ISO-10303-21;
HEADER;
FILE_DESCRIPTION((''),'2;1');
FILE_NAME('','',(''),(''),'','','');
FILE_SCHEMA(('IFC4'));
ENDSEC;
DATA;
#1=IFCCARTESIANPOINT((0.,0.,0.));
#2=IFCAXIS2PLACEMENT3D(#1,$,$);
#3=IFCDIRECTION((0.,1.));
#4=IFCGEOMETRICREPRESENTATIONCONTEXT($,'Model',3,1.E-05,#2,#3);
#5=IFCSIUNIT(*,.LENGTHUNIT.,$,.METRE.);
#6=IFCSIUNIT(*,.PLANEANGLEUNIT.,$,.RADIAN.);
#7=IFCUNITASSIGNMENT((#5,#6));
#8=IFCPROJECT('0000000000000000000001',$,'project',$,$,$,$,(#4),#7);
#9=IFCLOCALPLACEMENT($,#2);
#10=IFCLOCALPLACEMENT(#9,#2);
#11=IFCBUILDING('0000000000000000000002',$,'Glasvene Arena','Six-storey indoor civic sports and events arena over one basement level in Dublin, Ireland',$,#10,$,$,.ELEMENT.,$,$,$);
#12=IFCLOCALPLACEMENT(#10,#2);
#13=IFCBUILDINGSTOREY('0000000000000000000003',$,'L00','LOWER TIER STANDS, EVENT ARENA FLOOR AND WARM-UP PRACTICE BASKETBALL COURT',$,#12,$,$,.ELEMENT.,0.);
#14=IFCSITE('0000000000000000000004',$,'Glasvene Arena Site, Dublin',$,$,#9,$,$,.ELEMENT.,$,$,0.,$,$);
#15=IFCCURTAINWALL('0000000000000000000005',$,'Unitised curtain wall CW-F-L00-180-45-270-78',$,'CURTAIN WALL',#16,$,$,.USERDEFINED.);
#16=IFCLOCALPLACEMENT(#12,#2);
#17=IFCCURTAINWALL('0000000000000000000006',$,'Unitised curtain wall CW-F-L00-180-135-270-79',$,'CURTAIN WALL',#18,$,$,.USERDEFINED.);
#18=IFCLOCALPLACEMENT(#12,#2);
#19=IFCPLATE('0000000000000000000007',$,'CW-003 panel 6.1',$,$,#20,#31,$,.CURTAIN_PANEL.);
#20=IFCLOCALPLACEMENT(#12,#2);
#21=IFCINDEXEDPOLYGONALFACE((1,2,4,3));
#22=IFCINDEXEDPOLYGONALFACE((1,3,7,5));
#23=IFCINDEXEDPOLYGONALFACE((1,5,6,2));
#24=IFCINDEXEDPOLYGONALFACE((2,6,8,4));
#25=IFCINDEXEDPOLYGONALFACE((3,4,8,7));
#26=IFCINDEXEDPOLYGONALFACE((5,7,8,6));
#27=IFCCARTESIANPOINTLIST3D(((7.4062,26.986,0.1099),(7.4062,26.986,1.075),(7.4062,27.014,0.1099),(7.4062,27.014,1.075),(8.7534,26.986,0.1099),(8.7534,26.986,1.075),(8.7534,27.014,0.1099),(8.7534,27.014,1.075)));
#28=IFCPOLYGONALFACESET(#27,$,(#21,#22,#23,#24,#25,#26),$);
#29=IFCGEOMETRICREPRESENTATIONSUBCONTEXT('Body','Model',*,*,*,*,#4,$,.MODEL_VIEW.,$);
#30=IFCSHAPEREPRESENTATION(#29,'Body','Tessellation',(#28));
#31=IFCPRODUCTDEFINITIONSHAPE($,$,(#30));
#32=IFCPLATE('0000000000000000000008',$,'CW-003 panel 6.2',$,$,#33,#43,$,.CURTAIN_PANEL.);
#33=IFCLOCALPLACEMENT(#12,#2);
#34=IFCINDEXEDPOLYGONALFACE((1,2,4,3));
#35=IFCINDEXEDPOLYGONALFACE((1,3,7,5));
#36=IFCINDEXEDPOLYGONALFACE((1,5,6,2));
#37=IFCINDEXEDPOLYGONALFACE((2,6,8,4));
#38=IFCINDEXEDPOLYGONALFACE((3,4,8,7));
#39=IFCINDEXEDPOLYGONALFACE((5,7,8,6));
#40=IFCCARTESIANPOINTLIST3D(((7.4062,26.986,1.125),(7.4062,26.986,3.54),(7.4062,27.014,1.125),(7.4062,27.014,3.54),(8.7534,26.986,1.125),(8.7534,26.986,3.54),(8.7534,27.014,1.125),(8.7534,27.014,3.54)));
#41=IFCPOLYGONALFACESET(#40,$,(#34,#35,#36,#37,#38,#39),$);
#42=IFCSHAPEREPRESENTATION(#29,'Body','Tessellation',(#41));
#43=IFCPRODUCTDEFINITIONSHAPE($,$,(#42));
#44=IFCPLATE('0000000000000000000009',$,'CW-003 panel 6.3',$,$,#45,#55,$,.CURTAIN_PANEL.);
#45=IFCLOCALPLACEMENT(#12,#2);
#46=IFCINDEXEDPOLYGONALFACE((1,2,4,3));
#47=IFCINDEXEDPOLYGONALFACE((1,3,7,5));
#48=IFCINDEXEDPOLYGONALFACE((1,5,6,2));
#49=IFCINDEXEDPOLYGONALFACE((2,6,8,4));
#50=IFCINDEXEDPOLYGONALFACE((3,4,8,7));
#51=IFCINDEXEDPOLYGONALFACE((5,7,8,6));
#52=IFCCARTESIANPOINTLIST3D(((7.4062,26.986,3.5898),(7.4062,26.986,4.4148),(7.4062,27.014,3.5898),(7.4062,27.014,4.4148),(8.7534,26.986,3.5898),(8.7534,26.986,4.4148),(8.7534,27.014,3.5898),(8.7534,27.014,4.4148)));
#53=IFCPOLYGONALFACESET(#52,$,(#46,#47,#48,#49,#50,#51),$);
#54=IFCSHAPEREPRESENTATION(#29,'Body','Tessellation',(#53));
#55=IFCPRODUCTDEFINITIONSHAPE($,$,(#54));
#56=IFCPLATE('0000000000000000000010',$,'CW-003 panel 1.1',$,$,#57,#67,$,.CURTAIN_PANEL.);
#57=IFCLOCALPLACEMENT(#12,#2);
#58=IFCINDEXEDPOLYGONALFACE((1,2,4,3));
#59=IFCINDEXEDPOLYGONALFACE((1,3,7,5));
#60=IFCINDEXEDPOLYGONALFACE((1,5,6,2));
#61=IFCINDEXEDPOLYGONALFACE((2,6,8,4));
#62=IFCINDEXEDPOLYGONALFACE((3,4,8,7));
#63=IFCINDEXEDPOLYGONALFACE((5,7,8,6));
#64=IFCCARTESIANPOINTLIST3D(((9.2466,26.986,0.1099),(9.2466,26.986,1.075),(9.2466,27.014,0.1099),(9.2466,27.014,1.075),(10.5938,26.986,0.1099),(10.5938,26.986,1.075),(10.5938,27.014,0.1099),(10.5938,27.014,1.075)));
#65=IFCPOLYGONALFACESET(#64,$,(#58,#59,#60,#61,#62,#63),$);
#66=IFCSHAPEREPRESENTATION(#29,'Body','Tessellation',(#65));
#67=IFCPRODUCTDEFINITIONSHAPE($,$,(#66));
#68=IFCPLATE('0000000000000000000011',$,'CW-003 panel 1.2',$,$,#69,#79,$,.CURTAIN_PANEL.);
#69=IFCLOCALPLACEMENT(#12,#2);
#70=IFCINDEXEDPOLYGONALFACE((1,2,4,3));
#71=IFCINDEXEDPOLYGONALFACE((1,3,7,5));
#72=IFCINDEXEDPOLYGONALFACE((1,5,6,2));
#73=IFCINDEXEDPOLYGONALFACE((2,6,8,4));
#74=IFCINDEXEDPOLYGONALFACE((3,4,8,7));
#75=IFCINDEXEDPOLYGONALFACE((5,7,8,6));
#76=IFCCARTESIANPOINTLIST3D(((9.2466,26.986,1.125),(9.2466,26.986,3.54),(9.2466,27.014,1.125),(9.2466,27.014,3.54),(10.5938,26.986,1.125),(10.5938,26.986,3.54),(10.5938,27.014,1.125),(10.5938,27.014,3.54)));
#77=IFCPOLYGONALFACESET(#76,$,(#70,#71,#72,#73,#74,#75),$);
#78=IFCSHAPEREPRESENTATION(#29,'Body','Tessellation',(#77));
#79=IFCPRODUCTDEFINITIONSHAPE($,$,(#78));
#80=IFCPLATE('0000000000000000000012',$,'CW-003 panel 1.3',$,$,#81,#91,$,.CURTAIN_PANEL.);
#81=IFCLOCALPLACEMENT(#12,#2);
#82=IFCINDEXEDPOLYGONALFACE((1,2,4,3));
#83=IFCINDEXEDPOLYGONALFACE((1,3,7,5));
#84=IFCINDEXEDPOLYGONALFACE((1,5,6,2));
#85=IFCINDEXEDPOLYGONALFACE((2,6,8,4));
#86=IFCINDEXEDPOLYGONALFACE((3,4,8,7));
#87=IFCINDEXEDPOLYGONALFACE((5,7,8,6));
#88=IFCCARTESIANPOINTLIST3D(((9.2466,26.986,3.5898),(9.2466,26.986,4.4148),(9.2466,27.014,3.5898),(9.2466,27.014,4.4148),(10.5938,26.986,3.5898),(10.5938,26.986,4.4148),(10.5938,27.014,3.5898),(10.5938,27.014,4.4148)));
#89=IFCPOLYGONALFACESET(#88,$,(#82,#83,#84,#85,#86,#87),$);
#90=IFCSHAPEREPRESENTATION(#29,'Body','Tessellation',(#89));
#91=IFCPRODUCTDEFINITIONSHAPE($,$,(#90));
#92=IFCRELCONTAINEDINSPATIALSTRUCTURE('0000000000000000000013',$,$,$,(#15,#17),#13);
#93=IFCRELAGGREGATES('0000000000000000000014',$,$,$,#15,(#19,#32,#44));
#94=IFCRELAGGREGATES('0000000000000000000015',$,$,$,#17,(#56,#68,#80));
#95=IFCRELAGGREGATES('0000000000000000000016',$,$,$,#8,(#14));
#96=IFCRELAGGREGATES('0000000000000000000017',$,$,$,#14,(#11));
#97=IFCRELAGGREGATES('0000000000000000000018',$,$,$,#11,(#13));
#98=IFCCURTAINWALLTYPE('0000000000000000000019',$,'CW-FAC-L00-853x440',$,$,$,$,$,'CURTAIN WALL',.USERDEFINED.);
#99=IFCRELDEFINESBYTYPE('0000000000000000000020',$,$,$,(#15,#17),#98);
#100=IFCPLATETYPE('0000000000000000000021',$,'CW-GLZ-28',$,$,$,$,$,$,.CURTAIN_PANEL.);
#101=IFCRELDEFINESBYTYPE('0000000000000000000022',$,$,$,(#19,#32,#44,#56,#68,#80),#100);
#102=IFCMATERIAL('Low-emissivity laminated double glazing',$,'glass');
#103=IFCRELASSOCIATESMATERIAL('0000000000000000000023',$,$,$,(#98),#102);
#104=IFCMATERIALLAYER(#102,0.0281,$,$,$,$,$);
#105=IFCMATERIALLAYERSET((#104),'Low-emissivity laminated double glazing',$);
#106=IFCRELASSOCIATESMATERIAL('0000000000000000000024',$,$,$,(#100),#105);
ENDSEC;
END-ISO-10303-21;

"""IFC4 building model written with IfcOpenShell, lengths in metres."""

from ifc_helpers import new_model, si_unit, direction, frame, origin, origin_2d, place, context, subcontext, project, spatial, rectangle, extrude, material, layer, layer_set, type_object, element, aggregate, save


model = new_model("IFC4")

# Units and contexts
model_context = context("Model", 3, precision=1e-05, world=origin(), true_north=direction((0.0, 1.0)))
body_context = subcontext(model_context, "Body", "Model", "MODEL_VIEW")
ifc_project = project(units=[si_unit("LENGTHUNIT", "METRE"), si_unit("PLANEANGLEUNIT", "RADIAN")], contexts=[model_context])

# Site, building, storey
site_placement = place(None, origin())
site = spatial("IfcSite", under=ifc_project, at=site_placement, Name="Glasvene Arena Site, Dublin", CompositionType="ELEMENT", RefElevation=0.0)
building_placement = place(site_placement, origin())
building = spatial("IfcBuilding", under=site, at=building_placement, Name="Glasvene Arena", Description="Six-storey indoor civic sports and events arena over one basement level in Dublin, Ireland", CompositionType="ELEMENT")
storey_placement = place(building_placement, origin())
storey = spatial("IfcBuildingStorey", under=building, at=storey_placement, Name="L00", Description="LOWER TIER STANDS, EVENT ARENA FLOOR AND WARM-UP PRACTICE BASKETBALL COURT", CompositionType="ELEMENT", Elevation=0.0)

# Curtain wall
ifc_material_1 = material(Name="Low-emissivity laminated double glazing", Category="glass")
curtain_wall_type = type_object("IfcCurtainWallType", Name="CW-FAC-L00-853x440", ElementType="CURTAIN WALL", PredefinedType="USERDEFINED", material=ifc_material_1)
curtain_wall_1_placement = place(storey_placement, frame((0.2705, 27.0, 0.0)))
curtain_wall_1 = element("IfcCurtainWall", 1, at=curtain_wall_1_placement, inside=storey, type_object=curtain_wall_type, Name="Unitised curtain wall CW-F-L00-180-45-270-78", ObjectType="CURTAIN WALL", PredefinedType="USERDEFINED")

# Curtain wall
curtain_wall_2_placement = place(storey_placement, frame((9.1965, 27.0, 0.0)))
curtain_wall_2 = element("IfcCurtainWall", 2, at=curtain_wall_2_placement, inside=storey, type_object=curtain_wall_type, Name="Unitised curtain wall CW-F-L00-180-135-270-79", ObjectType="CURTAIN WALL", PredefinedType="USERDEFINED")

# Plates
ifc_layer = layer(ifc_material_1, 0.0281)
ifc_layer_set = layer_set([ifc_layer], Name="Low-emissivity laminated double glazing")
plate_type = type_object("IfcPlateType", Name="CW-GLZ-28", PredefinedType="CURTAIN_PANEL", material=ifc_layer_set)
plate_1_placement = place(storey_placement, frame((8.0798, 27.0, 0.1099), z_axis=(0.0, 0.0, 1.0), x_axis=(1.0, 0.0, 0.0)))
plate_1 = element("IfcPlate", 3, at=plate_1_placement, type_object=plate_type, Name="CW-003 panel 6.1", PredefinedType="CURTAIN_PANEL", context=body_context, shape_type="SweptSolid", body=[
    extrude(rectangle(XDim=1.3472, YDim=0.0281, at=origin_2d()), origin(), (0.0, 0.0, 1.0), 0.9651),
])
plate_2_placement = place(storey_placement, frame((8.0798, 27.0, 1.125), z_axis=(0.0, 0.0, 1.0), x_axis=(1.0, 0.0, 0.0)))
plate_2 = element("IfcPlate", 4, at=plate_2_placement, type_object=plate_type, Name="CW-003 panel 6.2", PredefinedType="CURTAIN_PANEL", context=body_context, shape_type="SweptSolid", body=[
    extrude(rectangle(XDim=1.3472, YDim=0.0281, at=origin_2d()), origin(), (0.0, 0.0, 1.0), 2.415),
])
plate_3_placement = place(storey_placement, frame((8.0798, 27.0, 3.5898), z_axis=(0.0, 0.0, 1.0), x_axis=(1.0, 0.0, 0.0)))
plate_3 = element("IfcPlate", 5, at=plate_3_placement, type_object=plate_type, Name="CW-003 panel 6.3", PredefinedType="CURTAIN_PANEL", context=body_context, shape_type="SweptSolid", body=[
    extrude(rectangle(XDim=1.3472, YDim=0.0281, at=origin_2d()), origin(), (0.0, 0.0, 1.0), 0.825),
])
aggregate(curtain_wall_1, [plate_1, plate_2, plate_3])
plate_4_placement = place(storey_placement, frame((9.9202, 27.0, 0.1099), z_axis=(0.0, 0.0, 1.0), x_axis=(1.0, 0.0, 0.0)))
plate_4 = element("IfcPlate", 6, at=plate_4_placement, type_object=plate_type, Name="CW-003 panel 1.1", PredefinedType="CURTAIN_PANEL", context=body_context, shape_type="SweptSolid", body=[
    extrude(rectangle(XDim=1.3472, YDim=0.0281, at=origin_2d()), origin(), (0.0, 0.0, 1.0), 0.9651),
])
plate_5_placement = place(storey_placement, frame((9.9202, 27.0, 1.125), z_axis=(0.0, 0.0, 1.0), x_axis=(1.0, 0.0, 0.0)))
plate_5 = element("IfcPlate", 7, at=plate_5_placement, type_object=plate_type, Name="CW-003 panel 1.2", PredefinedType="CURTAIN_PANEL", context=body_context, shape_type="SweptSolid", body=[
    extrude(rectangle(XDim=1.3472, YDim=0.0281, at=origin_2d()), origin(), (0.0, 0.0, 1.0), 2.415),
])
plate_6_placement = place(storey_placement, frame((9.9202, 27.0, 3.5898), z_axis=(0.0, 0.0, 1.0), x_axis=(1.0, 0.0, 0.0)))
plate_6 = element("IfcPlate", 8, at=plate_6_placement, type_object=plate_type, Name="CW-003 panel 1.3", PredefinedType="CURTAIN_PANEL", context=body_context, shape_type="SweptSolid", body=[
    extrude(rectangle(XDim=1.3472, YDim=0.0281, at=origin_2d()), origin(), (0.0, 0.0, 1.0), 0.825),
])
aggregate(curtain_wall_2, [plate_4, plate_5, plate_6])

save(model, "model.ifc")
